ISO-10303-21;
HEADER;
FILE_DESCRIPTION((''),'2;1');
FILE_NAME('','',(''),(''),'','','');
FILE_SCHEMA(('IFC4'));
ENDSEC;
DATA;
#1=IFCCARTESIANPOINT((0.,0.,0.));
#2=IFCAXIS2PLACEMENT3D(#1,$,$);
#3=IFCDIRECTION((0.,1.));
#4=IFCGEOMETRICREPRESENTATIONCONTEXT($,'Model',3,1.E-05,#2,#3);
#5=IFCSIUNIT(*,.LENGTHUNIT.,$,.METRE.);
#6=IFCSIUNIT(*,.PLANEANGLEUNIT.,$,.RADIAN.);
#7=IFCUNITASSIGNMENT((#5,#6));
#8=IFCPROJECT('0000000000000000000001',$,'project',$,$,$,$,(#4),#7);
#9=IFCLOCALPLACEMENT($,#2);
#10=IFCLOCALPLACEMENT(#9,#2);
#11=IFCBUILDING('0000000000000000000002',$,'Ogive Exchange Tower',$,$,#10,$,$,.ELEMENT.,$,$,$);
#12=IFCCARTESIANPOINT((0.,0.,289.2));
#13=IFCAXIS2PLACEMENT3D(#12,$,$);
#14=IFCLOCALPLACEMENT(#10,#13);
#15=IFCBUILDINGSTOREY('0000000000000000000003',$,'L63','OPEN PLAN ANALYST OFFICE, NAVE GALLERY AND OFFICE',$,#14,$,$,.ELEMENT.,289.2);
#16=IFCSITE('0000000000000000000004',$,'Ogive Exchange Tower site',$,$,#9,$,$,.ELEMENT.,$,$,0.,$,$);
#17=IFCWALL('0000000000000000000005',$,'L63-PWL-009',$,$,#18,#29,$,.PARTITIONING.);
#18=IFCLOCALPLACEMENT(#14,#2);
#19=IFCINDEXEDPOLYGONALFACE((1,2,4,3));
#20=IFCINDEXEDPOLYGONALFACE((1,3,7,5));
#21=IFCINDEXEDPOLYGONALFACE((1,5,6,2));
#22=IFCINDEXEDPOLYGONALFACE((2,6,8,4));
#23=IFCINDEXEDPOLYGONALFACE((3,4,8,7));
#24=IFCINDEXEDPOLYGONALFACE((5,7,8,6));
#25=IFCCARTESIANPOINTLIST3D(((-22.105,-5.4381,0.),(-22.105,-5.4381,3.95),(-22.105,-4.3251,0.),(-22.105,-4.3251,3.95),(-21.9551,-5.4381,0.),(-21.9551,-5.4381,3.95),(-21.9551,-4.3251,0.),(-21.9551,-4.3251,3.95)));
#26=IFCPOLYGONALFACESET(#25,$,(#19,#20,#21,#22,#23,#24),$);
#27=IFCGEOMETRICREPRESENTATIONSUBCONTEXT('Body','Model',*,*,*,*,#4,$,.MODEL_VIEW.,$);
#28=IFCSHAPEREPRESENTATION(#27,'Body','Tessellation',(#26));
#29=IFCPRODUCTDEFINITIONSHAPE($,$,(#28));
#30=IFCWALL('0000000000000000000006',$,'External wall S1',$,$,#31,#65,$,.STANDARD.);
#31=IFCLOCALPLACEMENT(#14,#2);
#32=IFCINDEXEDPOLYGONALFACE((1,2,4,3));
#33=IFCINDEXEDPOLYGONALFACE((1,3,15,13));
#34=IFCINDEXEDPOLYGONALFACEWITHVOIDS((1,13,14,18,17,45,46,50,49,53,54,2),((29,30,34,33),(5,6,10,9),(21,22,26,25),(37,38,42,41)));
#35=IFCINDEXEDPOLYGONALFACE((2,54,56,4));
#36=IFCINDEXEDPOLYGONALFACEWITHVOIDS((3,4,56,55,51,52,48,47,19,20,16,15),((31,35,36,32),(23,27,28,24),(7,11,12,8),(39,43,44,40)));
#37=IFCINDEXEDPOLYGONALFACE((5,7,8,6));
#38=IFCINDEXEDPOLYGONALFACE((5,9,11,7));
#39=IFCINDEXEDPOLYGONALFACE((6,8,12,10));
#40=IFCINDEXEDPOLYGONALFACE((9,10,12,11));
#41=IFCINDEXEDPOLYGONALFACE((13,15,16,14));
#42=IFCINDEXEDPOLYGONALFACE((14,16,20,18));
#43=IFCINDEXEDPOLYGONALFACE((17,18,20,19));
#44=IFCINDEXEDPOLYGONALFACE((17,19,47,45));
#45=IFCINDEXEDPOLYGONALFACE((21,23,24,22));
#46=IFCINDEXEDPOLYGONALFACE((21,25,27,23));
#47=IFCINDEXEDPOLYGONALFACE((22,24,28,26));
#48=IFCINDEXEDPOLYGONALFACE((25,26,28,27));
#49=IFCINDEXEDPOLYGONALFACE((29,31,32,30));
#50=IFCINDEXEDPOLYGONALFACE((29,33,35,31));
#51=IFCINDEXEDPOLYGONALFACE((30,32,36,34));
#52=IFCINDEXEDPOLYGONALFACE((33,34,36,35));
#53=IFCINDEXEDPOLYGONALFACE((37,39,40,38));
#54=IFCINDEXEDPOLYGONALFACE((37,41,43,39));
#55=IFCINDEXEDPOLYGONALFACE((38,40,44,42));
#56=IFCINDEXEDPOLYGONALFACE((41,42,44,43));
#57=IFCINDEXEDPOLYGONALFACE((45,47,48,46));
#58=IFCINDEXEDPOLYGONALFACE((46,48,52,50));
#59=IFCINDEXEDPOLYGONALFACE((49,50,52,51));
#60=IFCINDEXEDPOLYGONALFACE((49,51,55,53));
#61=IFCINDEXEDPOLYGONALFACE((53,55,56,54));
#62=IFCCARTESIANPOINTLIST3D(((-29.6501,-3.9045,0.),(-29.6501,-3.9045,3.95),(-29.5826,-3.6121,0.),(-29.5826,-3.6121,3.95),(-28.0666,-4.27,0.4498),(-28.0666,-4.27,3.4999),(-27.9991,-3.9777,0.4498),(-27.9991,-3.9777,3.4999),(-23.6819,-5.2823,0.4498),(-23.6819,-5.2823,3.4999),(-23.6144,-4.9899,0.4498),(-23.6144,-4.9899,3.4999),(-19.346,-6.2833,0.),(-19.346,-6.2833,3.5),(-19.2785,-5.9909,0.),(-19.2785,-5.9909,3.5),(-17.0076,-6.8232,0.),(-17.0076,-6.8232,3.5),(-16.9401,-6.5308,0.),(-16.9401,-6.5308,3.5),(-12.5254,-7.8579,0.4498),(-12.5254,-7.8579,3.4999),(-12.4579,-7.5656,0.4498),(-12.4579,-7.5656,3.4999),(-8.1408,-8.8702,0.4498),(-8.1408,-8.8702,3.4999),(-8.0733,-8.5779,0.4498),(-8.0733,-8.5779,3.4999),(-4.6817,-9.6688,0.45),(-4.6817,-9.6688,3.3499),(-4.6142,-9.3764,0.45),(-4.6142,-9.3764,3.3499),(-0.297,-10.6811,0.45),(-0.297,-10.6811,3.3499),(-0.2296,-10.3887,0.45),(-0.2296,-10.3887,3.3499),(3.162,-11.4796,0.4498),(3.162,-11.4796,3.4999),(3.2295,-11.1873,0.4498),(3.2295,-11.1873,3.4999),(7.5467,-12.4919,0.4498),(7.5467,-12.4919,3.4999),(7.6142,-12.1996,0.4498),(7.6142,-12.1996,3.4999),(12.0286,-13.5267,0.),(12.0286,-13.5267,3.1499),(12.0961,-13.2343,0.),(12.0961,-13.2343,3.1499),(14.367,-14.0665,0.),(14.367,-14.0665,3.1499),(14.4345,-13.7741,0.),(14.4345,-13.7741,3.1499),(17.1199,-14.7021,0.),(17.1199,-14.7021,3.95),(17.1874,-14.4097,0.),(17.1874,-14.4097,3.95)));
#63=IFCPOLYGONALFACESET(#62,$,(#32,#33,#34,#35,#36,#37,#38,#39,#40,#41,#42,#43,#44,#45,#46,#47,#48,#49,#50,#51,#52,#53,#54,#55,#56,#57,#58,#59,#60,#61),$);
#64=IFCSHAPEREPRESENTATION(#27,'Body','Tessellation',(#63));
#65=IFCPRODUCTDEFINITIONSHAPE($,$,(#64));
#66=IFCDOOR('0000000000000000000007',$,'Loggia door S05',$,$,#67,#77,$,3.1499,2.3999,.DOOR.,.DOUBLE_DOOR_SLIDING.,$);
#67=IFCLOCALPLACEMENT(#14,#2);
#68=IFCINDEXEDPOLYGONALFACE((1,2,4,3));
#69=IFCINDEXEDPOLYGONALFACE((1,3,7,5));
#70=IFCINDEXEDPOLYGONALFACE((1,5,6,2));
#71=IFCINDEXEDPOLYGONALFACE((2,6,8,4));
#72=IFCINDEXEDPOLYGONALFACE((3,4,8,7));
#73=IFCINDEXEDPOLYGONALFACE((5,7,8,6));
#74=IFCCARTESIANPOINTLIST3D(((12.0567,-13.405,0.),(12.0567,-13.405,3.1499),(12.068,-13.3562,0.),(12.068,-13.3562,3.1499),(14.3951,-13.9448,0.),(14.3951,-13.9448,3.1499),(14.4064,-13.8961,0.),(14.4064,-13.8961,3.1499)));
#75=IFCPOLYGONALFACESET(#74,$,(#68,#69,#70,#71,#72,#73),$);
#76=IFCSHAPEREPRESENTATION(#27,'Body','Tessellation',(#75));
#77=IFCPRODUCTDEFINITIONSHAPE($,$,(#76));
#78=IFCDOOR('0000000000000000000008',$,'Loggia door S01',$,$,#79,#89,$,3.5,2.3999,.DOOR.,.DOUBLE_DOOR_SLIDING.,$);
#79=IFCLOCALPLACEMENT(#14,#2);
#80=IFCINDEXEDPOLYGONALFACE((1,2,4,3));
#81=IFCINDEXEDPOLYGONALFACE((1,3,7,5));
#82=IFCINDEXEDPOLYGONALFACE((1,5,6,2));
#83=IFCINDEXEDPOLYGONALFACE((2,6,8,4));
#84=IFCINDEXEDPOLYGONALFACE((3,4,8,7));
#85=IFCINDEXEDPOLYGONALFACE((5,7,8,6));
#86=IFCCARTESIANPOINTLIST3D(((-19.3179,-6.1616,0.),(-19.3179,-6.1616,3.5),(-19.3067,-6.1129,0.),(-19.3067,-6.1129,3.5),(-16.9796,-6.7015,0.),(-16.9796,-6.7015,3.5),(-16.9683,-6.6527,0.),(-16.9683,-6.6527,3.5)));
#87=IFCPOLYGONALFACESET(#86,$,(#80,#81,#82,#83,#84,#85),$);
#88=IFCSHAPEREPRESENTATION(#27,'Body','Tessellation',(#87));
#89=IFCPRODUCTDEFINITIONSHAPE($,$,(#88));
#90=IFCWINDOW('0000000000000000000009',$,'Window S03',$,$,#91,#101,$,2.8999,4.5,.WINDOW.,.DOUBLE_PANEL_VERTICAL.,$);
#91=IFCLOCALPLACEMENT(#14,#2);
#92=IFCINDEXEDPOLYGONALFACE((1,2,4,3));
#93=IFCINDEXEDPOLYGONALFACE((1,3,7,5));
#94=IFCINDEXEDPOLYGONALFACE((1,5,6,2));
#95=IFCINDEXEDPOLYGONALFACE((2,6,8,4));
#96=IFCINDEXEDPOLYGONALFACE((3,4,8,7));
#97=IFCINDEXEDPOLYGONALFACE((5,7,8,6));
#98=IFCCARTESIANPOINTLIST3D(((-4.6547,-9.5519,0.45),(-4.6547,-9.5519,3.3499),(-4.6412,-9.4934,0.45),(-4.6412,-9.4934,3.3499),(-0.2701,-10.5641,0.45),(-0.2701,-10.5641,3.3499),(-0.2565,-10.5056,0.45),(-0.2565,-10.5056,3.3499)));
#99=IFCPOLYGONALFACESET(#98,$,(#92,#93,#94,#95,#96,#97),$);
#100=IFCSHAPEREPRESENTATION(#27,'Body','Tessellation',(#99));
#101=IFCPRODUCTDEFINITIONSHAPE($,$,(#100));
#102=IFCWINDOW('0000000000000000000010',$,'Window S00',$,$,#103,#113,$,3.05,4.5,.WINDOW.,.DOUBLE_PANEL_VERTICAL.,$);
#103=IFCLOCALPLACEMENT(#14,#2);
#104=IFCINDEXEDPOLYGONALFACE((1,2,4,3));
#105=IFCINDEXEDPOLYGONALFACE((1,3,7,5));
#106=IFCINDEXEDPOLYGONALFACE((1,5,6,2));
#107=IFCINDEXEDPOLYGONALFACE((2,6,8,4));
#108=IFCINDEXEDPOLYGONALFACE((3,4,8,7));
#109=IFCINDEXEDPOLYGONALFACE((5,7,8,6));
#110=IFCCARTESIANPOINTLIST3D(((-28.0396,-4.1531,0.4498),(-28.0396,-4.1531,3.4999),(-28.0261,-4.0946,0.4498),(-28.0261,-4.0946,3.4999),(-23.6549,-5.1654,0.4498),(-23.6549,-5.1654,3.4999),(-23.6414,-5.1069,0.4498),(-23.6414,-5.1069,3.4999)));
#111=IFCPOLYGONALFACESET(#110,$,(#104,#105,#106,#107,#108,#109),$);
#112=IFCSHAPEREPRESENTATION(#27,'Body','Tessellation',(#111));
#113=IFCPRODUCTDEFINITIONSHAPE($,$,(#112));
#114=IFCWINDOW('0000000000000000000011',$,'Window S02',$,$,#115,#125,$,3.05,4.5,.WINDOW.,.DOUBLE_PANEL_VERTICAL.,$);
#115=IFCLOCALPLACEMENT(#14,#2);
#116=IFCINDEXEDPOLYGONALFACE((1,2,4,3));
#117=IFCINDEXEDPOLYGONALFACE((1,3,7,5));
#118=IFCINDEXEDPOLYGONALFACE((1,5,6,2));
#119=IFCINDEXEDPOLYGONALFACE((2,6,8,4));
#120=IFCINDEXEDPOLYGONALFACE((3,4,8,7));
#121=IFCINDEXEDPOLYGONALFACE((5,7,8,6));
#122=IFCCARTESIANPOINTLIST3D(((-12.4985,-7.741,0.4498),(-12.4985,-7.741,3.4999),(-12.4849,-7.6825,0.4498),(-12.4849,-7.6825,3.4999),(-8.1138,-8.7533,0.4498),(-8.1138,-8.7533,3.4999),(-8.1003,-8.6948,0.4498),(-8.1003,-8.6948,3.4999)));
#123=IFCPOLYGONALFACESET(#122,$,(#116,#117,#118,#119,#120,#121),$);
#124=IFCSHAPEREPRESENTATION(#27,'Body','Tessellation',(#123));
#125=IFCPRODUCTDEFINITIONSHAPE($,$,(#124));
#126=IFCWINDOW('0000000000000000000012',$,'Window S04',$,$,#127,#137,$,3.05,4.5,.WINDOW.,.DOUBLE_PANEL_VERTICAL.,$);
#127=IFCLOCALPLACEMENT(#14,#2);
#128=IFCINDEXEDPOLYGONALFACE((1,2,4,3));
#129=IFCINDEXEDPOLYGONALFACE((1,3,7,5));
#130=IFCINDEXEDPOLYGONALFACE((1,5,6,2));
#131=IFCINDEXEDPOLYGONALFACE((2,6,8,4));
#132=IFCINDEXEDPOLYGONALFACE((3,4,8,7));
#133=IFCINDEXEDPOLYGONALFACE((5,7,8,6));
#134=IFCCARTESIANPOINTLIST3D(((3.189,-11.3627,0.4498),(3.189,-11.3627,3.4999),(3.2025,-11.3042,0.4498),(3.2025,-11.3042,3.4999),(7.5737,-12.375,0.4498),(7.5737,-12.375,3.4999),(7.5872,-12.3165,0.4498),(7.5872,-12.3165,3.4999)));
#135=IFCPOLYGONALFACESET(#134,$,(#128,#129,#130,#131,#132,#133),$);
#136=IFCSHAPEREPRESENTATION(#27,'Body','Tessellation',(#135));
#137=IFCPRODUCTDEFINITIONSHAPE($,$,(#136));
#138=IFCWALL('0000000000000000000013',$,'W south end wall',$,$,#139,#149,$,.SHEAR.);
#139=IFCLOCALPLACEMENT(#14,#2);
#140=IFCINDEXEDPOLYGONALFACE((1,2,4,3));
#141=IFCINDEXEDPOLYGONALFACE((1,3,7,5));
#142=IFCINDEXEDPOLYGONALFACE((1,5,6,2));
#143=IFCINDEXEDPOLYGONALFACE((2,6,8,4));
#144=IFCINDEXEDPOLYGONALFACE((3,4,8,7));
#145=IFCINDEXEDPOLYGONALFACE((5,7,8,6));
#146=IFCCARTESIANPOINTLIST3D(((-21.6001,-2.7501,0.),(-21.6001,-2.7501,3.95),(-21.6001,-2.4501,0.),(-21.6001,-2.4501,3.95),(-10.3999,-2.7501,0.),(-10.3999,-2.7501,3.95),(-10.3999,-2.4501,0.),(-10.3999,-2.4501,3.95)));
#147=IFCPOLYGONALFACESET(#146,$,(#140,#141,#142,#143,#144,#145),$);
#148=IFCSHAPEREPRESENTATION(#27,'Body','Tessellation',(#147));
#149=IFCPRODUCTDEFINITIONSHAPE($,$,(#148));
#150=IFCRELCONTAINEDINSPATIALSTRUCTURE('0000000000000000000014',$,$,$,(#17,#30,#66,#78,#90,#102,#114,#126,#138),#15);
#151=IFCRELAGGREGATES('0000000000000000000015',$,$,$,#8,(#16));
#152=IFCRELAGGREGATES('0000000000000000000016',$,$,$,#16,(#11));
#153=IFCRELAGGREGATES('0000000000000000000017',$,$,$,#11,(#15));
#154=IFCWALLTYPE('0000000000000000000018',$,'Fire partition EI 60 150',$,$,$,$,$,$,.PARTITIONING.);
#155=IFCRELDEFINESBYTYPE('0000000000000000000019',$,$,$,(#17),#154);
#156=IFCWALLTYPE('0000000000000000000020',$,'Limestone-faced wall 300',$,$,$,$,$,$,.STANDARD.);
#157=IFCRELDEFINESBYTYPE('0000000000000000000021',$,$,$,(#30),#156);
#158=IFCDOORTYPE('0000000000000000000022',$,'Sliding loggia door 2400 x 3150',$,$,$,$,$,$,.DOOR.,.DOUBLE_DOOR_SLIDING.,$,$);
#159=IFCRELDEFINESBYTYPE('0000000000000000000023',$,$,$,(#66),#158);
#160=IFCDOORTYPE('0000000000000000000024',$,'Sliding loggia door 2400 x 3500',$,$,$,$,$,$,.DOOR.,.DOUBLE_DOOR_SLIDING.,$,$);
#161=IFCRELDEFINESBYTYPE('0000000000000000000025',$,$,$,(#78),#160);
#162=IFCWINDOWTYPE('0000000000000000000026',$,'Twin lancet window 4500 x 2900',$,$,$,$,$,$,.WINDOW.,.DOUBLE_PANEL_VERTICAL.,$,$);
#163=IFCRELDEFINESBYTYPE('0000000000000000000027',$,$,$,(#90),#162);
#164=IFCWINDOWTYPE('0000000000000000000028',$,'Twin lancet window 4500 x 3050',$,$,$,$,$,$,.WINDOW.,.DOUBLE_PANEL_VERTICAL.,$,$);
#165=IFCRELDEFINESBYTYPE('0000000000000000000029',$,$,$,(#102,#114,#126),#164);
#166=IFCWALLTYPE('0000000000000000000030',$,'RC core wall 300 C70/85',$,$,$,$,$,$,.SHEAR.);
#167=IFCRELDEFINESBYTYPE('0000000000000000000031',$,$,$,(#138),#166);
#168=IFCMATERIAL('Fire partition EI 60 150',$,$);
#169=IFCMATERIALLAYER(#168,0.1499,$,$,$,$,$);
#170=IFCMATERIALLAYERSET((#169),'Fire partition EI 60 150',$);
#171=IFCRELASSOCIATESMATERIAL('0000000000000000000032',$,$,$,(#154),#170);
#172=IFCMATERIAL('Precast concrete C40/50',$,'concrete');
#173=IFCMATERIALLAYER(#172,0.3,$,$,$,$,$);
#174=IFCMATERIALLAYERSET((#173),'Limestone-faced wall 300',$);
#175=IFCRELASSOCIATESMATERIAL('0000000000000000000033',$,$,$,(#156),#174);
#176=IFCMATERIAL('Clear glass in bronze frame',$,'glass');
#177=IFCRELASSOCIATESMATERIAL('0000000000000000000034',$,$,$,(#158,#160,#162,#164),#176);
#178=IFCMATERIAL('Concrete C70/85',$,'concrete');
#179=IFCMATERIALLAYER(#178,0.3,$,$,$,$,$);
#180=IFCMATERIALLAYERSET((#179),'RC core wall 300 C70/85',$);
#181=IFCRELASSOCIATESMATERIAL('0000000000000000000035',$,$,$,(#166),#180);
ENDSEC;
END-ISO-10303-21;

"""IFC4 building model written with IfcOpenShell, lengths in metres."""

from ifc_helpers import new_model, si_unit, direction, frame, frame_2d, origin, place, context, subcontext, project, spatial, rectangle, extrude, material, layer, layer_set, type_object, element, fill, save


model = new_model("IFC4")

# Units and contexts
model_context = context("Model", 3, precision=1e-05, world=origin(), true_north=direction((0.0, 1.0)))
body_context = subcontext(model_context, "Body", "Model", "MODEL_VIEW")
ifc_project = project(units=[si_unit("LENGTHUNIT", "METRE"), si_unit("PLANEANGLEUNIT", "RADIAN")], contexts=[model_context])

# Site, building, storey
site_placement = place(None, origin())
site = spatial("IfcSite", under=ifc_project, at=site_placement, Name="Ogive Exchange Tower site", CompositionType="ELEMENT", RefElevation=0.0)
building_placement = place(site_placement, origin())
building = spatial("IfcBuilding", under=site, at=building_placement, Name="Ogive Exchange Tower", CompositionType="ELEMENT")
storey_placement = place(building_placement, frame((0.0, 0.0, 289.2)))
storey = spatial("IfcBuildingStorey", under=building, at=storey_placement, Name="L63", Description="OPEN PLAN ANALYST OFFICE, NAVE GALLERY AND OFFICE", CompositionType="ELEMENT", Elevation=289.2)

# Shared definitions
ifc_material_1 = material(Name="Fire partition EI 60 150")
ifc_layer_1 = layer(ifc_material_1, 0.1499)
ifc_layer_set_1 = layer_set([ifc_layer_1], Name="Fire partition EI 60 150")
wall_type_1 = type_object("IfcWallType", Name="Fire partition EI 60 150", PredefinedType="PARTITIONING", material=ifc_layer_set_1)

# Wall
wall_1_placement = place(storey_placement, frame((-22.03, -4.325, 0.0), z_axis=(0.0, 0.0, 1.0), x_axis=(0.0, -1.0, 0.0)))
element("IfcWall", 1, at=wall_1_placement, inside=storey, type_object=wall_type_1, Name="L63-PWL-009", PredefinedType="PARTITIONING", context=body_context, shape_type="SweptSolid", body=[
    extrude(rectangle(XDim=1.113, YDim=0.1499, at=frame_2d((0.5566, 0.0))), origin(), (0.0, 0.0, 1.0), 3.95),
])

# Wall, openings, doors, windows
ifc_material_2 = material(Name="Precast concrete C40/50", Category="concrete")
ifc_layer_2 = layer(ifc_material_2, 0.3)
ifc_layer_set_2 = layer_set([ifc_layer_2], Name="Limestone-faced wall 300")
wall_type_2 = type_object("IfcWallType", Name="Limestone-faced wall 300", PredefinedType="STANDARD", material=ifc_layer_set_2)
wall_2_placement = place(storey_placement, frame((-29.6162, -3.7583, 0.0), z_axis=(0.0, 0.0, 1.0), x_axis=(0.974371, -0.224949, 0.0)))
wall_2 = element("IfcWall", 2, at=wall_2_placement, inside=storey, type_object=wall_type_2, Name="External wall S1", PredefinedType="STANDARD", context=body_context, shape_type="SweptSolid", body=[
    extrude(rectangle(XDim=48.0002, YDim=0.3, at=frame_2d((24.0, 0.0))), origin(), (0.0, 0.0, 1.0), 3.95),
])
opening_1_placement = place(wall_2_placement, frame((1.625, 0.0, 0.45)))
opening_1 = element("IfcOpeningElement", 3, at=opening_1_placement, cuts=wall_2, PredefinedType="OPENING", context=body_context, shape_type="SweptSolid", body=[
    extrude(rectangle(XDim=4.5, YDim=3.05, at=frame_2d((2.25, 1.5249))), frame((0.0, 0.1599, 0.0), z_axis=(0.0, -1.0, 0.0), x_axis=(1.0, 0.0, 0.0)), (0.0, 0.0, 1.0), 0.3201),
])
opening_2_placement = place(wall_2_placement, frame((10.575, 0.0, 0.0)))
opening_2 = element("IfcOpeningElement", 4, at=opening_2_placement, cuts=wall_2, PredefinedType="OPENING", context=body_context, shape_type="SweptSolid", body=[
    extrude(rectangle(XDim=2.3999, YDim=3.5, at=frame_2d((1.2, 1.75))), frame((0.0, 0.1599, 0.0), z_axis=(0.0, -1.0, 0.0), x_axis=(1.0, 0.0, 0.0)), (0.0, 0.0, 1.0), 0.3201),
])
opening_3_placement = place(wall_2_placement, frame((17.575, 0.0, 0.45)))
opening_3 = element("IfcOpeningElement", 5, at=opening_3_placement, cuts=wall_2, PredefinedType="OPENING", context=body_context, shape_type="SweptSolid", body=[
    extrude(rectangle(XDim=4.5, YDim=3.05, at=frame_2d((2.25, 1.5249))), frame((0.0, 0.1599, 0.0), z_axis=(0.0, -1.0, 0.0), x_axis=(1.0, 0.0, 0.0)), (0.0, 0.0, 1.0), 0.3201),
])
opening_4_placement = place(wall_2_placement, frame((25.625, 0.0, 0.45)))
opening_4 = element("IfcOpeningElement", 6, at=opening_4_placement, cuts=wall_2, PredefinedType="OPENING", context=body_context, shape_type="SweptSolid", body=[
    extrude(rectangle(XDim=4.5, YDim=2.8999, at=frame_2d((2.25, 1.45))), frame((0.0, 0.1599, 0.0), z_axis=(0.0, -1.0, 0.0), x_axis=(1.0, 0.0, 0.0)), (0.0, 0.0, 1.0), 0.3201),
])
opening_5_placement = place(wall_2_placement, frame((33.675, 0.0, 0.45)))
opening_5 = element("IfcOpeningElement", 7, at=opening_5_placement, cuts=wall_2, PredefinedType="OPENING", context=body_context, shape_type="SweptSolid", body=[
    extrude(rectangle(XDim=4.5, YDim=3.05, at=frame_2d((2.25, 1.5249))), frame((0.0, 0.1599, 0.0), z_axis=(0.0, -1.0, 0.0), x_axis=(1.0, 0.0, 0.0)), (0.0, 0.0, 1.0), 0.3201),
])
opening_6_placement = place(wall_2_placement, frame((42.7749, 0.0, 0.0)))
opening_6 = element("IfcOpeningElement", 8, at=opening_6_placement, cuts=wall_2, PredefinedType="OPENING", context=body_context, shape_type="SweptSolid", body=[
    extrude(rectangle(XDim=2.3999, YDim=3.1499, at=frame_2d((1.2, 1.575))), frame((0.0, 0.1599, 0.0), z_axis=(0.0, -1.0, 0.0), x_axis=(1.0, 0.0, 0.0)), (0.0, 0.0, 1.0), 0.3201),
])
ifc_material_3 = material(Name="Clear glass in bronze frame", Category="glass")
door_type_1 = type_object("IfcDoorType", Name="Sliding loggia door 2400 x 3150", OperationType="DOUBLE_DOOR_SLIDING", PredefinedType="DOOR", material=ifc_material_3)
door_1_placement = place(opening_6_placement, origin())
door_1 = element("IfcDoor", 9, at=door_1_placement, inside=storey, type_object=door_type_1, Name="Loggia door S05", OperationType="DOUBLE_DOOR_SLIDING", OverallHeight=3.1499, OverallWidth=2.3999, PredefinedType="DOOR", context=body_context, shape_type="SweptSolid", body=[
    extrude(rectangle(XDim=2.3999, YDim=3.1499, at=frame_2d((1.2, 1.575))), frame((0.0, 0.0249, 0.0), z_axis=(0.0, -1.0, 0.0), x_axis=(1.0, 0.0, 0.0)), (0.0, 0.0, 1.0), 0.05),
])
fill(opening_6, door_1)
door_type_2 = type_object("IfcDoorType", Name="Sliding loggia door 2400 x 3500", OperationType="DOUBLE_DOOR_SLIDING", PredefinedType="DOOR", material=ifc_material_3)
door_2_placement = place(opening_2_placement, origin())
door_2 = element("IfcDoor", 10, at=door_2_placement, inside=storey, type_object=door_type_2, Name="Loggia door S01", OperationType="DOUBLE_DOOR_SLIDING", OverallHeight=3.5, OverallWidth=2.3999, PredefinedType="DOOR", context=body_context, shape_type="SweptSolid", body=[
    extrude(rectangle(XDim=2.3999, YDim=3.5, at=frame_2d((1.2, 1.75))), frame((0.0, 0.0249, 0.0), z_axis=(0.0, -1.0, 0.0), x_axis=(1.0, 0.0, 0.0)), (0.0, 0.0, 1.0), 0.05),
])
fill(opening_2, door_2)
window_type_1 = type_object("IfcWindowType", Name="Twin lancet window 4500 x 2900", PartitioningType="DOUBLE_PANEL_VERTICAL", PredefinedType="WINDOW", material=ifc_material_3)
window_1_placement = place(opening_4_placement, origin())
window_1 = element("IfcWindow", 11, at=window_1_placement, inside=storey, type_object=window_type_1, Name="Window S03", OverallHeight=2.8999, OverallWidth=4.5, PartitioningType="DOUBLE_PANEL_VERTICAL", PredefinedType="WINDOW", context=body_context, shape_type="SweptSolid", body=[
    extrude(rectangle(XDim=4.5, YDim=2.8999, at=frame_2d((2.25, 1.45))), frame((0.0, 0.03, 0.0), z_axis=(0.0, -1.0, 0.0), x_axis=(1.0, 0.0, 0.0)), (0.0, 0.0, 1.0), 0.0601),
])
fill(opening_4, window_1)
window_type_2 = type_object("IfcWindowType", Name="Twin lancet window 4500 x 3050", PartitioningType="DOUBLE_PANEL_VERTICAL", PredefinedType="WINDOW", material=ifc_material_3)
window_2_placement = place(opening_1_placement, origin())
window_2 = element("IfcWindow", 12, at=window_2_placement, inside=storey, type_object=window_type_2, Name="Window S00", OverallHeight=3.05, OverallWidth=4.5, PartitioningType="DOUBLE_PANEL_VERTICAL", PredefinedType="WINDOW", context=body_context, shape_type="SweptSolid", body=[
    extrude(rectangle(XDim=4.5, YDim=3.05, at=frame_2d((2.25, 1.5249))), frame((0.0, 0.03, 0.0), z_axis=(0.0, -1.0, 0.0), x_axis=(1.0, 0.0, 0.0)), (0.0, 0.0, 1.0), 0.0601),
])
fill(opening_1, window_2)
window_3_placement = place(opening_3_placement, origin())
window_3 = element("IfcWindow", 13, at=window_3_placement, inside=storey, type_object=window_type_2, Name="Window S02", OverallHeight=3.05, OverallWidth=4.5, PartitioningType="DOUBLE_PANEL_VERTICAL", PredefinedType="WINDOW", context=body_context, shape_type="SweptSolid", body=[
    extrude(rectangle(XDim=4.5, YDim=3.05, at=frame_2d((2.25, 1.5249))), frame((0.0, 0.03, 0.0), z_axis=(0.0, -1.0, 0.0), x_axis=(1.0, 0.0, 0.0)), (0.0, 0.0, 1.0), 0.0601),
])
fill(opening_3, window_3)
window_4_placement = place(opening_5_placement, origin())
window_4 = element("IfcWindow", 14, at=window_4_placement, inside=storey, type_object=window_type_2, Name="Window S04", OverallHeight=3.05, OverallWidth=4.5, PartitioningType="DOUBLE_PANEL_VERTICAL", PredefinedType="WINDOW", context=body_context, shape_type="SweptSolid", body=[
    extrude(rectangle(XDim=4.5, YDim=3.05, at=frame_2d((2.25, 1.5249))), frame((0.0, 0.03, 0.0), z_axis=(0.0, -1.0, 0.0), x_axis=(1.0, 0.0, 0.0)), (0.0, 0.0, 1.0), 0.0601),
])
fill(opening_5, window_4)

# Wall
ifc_material_4 = material(Name="Concrete C70/85", Category="concrete")
ifc_layer_3 = layer(ifc_material_4, 0.3)
ifc_layer_set_3 = layer_set([ifc_layer_3], Name="RC core wall 300 C70/85")
wall_type_3 = type_object("IfcWallType", Name="RC core wall 300 C70/85", PredefinedType="SHEAR", material=ifc_layer_set_3)
wall_3_placement = place(storey_placement, frame((-21.6001, -2.6001, 0.0), z_axis=(0.0, 0.0, 1.0), x_axis=(1.0, 0.0, 0.0)))
element("IfcWall", 15, at=wall_3_placement, inside=storey, type_object=wall_type_3, Name="W south end wall", PredefinedType="SHEAR", context=body_context, shape_type="SweptSolid", body=[
    extrude(rectangle(XDim=11.2002, YDim=0.3, at=frame_2d((5.6001, 0.0))), origin(), (0.0, 0.0, 1.0), 3.95),
])

save(model, "model.ifc")
